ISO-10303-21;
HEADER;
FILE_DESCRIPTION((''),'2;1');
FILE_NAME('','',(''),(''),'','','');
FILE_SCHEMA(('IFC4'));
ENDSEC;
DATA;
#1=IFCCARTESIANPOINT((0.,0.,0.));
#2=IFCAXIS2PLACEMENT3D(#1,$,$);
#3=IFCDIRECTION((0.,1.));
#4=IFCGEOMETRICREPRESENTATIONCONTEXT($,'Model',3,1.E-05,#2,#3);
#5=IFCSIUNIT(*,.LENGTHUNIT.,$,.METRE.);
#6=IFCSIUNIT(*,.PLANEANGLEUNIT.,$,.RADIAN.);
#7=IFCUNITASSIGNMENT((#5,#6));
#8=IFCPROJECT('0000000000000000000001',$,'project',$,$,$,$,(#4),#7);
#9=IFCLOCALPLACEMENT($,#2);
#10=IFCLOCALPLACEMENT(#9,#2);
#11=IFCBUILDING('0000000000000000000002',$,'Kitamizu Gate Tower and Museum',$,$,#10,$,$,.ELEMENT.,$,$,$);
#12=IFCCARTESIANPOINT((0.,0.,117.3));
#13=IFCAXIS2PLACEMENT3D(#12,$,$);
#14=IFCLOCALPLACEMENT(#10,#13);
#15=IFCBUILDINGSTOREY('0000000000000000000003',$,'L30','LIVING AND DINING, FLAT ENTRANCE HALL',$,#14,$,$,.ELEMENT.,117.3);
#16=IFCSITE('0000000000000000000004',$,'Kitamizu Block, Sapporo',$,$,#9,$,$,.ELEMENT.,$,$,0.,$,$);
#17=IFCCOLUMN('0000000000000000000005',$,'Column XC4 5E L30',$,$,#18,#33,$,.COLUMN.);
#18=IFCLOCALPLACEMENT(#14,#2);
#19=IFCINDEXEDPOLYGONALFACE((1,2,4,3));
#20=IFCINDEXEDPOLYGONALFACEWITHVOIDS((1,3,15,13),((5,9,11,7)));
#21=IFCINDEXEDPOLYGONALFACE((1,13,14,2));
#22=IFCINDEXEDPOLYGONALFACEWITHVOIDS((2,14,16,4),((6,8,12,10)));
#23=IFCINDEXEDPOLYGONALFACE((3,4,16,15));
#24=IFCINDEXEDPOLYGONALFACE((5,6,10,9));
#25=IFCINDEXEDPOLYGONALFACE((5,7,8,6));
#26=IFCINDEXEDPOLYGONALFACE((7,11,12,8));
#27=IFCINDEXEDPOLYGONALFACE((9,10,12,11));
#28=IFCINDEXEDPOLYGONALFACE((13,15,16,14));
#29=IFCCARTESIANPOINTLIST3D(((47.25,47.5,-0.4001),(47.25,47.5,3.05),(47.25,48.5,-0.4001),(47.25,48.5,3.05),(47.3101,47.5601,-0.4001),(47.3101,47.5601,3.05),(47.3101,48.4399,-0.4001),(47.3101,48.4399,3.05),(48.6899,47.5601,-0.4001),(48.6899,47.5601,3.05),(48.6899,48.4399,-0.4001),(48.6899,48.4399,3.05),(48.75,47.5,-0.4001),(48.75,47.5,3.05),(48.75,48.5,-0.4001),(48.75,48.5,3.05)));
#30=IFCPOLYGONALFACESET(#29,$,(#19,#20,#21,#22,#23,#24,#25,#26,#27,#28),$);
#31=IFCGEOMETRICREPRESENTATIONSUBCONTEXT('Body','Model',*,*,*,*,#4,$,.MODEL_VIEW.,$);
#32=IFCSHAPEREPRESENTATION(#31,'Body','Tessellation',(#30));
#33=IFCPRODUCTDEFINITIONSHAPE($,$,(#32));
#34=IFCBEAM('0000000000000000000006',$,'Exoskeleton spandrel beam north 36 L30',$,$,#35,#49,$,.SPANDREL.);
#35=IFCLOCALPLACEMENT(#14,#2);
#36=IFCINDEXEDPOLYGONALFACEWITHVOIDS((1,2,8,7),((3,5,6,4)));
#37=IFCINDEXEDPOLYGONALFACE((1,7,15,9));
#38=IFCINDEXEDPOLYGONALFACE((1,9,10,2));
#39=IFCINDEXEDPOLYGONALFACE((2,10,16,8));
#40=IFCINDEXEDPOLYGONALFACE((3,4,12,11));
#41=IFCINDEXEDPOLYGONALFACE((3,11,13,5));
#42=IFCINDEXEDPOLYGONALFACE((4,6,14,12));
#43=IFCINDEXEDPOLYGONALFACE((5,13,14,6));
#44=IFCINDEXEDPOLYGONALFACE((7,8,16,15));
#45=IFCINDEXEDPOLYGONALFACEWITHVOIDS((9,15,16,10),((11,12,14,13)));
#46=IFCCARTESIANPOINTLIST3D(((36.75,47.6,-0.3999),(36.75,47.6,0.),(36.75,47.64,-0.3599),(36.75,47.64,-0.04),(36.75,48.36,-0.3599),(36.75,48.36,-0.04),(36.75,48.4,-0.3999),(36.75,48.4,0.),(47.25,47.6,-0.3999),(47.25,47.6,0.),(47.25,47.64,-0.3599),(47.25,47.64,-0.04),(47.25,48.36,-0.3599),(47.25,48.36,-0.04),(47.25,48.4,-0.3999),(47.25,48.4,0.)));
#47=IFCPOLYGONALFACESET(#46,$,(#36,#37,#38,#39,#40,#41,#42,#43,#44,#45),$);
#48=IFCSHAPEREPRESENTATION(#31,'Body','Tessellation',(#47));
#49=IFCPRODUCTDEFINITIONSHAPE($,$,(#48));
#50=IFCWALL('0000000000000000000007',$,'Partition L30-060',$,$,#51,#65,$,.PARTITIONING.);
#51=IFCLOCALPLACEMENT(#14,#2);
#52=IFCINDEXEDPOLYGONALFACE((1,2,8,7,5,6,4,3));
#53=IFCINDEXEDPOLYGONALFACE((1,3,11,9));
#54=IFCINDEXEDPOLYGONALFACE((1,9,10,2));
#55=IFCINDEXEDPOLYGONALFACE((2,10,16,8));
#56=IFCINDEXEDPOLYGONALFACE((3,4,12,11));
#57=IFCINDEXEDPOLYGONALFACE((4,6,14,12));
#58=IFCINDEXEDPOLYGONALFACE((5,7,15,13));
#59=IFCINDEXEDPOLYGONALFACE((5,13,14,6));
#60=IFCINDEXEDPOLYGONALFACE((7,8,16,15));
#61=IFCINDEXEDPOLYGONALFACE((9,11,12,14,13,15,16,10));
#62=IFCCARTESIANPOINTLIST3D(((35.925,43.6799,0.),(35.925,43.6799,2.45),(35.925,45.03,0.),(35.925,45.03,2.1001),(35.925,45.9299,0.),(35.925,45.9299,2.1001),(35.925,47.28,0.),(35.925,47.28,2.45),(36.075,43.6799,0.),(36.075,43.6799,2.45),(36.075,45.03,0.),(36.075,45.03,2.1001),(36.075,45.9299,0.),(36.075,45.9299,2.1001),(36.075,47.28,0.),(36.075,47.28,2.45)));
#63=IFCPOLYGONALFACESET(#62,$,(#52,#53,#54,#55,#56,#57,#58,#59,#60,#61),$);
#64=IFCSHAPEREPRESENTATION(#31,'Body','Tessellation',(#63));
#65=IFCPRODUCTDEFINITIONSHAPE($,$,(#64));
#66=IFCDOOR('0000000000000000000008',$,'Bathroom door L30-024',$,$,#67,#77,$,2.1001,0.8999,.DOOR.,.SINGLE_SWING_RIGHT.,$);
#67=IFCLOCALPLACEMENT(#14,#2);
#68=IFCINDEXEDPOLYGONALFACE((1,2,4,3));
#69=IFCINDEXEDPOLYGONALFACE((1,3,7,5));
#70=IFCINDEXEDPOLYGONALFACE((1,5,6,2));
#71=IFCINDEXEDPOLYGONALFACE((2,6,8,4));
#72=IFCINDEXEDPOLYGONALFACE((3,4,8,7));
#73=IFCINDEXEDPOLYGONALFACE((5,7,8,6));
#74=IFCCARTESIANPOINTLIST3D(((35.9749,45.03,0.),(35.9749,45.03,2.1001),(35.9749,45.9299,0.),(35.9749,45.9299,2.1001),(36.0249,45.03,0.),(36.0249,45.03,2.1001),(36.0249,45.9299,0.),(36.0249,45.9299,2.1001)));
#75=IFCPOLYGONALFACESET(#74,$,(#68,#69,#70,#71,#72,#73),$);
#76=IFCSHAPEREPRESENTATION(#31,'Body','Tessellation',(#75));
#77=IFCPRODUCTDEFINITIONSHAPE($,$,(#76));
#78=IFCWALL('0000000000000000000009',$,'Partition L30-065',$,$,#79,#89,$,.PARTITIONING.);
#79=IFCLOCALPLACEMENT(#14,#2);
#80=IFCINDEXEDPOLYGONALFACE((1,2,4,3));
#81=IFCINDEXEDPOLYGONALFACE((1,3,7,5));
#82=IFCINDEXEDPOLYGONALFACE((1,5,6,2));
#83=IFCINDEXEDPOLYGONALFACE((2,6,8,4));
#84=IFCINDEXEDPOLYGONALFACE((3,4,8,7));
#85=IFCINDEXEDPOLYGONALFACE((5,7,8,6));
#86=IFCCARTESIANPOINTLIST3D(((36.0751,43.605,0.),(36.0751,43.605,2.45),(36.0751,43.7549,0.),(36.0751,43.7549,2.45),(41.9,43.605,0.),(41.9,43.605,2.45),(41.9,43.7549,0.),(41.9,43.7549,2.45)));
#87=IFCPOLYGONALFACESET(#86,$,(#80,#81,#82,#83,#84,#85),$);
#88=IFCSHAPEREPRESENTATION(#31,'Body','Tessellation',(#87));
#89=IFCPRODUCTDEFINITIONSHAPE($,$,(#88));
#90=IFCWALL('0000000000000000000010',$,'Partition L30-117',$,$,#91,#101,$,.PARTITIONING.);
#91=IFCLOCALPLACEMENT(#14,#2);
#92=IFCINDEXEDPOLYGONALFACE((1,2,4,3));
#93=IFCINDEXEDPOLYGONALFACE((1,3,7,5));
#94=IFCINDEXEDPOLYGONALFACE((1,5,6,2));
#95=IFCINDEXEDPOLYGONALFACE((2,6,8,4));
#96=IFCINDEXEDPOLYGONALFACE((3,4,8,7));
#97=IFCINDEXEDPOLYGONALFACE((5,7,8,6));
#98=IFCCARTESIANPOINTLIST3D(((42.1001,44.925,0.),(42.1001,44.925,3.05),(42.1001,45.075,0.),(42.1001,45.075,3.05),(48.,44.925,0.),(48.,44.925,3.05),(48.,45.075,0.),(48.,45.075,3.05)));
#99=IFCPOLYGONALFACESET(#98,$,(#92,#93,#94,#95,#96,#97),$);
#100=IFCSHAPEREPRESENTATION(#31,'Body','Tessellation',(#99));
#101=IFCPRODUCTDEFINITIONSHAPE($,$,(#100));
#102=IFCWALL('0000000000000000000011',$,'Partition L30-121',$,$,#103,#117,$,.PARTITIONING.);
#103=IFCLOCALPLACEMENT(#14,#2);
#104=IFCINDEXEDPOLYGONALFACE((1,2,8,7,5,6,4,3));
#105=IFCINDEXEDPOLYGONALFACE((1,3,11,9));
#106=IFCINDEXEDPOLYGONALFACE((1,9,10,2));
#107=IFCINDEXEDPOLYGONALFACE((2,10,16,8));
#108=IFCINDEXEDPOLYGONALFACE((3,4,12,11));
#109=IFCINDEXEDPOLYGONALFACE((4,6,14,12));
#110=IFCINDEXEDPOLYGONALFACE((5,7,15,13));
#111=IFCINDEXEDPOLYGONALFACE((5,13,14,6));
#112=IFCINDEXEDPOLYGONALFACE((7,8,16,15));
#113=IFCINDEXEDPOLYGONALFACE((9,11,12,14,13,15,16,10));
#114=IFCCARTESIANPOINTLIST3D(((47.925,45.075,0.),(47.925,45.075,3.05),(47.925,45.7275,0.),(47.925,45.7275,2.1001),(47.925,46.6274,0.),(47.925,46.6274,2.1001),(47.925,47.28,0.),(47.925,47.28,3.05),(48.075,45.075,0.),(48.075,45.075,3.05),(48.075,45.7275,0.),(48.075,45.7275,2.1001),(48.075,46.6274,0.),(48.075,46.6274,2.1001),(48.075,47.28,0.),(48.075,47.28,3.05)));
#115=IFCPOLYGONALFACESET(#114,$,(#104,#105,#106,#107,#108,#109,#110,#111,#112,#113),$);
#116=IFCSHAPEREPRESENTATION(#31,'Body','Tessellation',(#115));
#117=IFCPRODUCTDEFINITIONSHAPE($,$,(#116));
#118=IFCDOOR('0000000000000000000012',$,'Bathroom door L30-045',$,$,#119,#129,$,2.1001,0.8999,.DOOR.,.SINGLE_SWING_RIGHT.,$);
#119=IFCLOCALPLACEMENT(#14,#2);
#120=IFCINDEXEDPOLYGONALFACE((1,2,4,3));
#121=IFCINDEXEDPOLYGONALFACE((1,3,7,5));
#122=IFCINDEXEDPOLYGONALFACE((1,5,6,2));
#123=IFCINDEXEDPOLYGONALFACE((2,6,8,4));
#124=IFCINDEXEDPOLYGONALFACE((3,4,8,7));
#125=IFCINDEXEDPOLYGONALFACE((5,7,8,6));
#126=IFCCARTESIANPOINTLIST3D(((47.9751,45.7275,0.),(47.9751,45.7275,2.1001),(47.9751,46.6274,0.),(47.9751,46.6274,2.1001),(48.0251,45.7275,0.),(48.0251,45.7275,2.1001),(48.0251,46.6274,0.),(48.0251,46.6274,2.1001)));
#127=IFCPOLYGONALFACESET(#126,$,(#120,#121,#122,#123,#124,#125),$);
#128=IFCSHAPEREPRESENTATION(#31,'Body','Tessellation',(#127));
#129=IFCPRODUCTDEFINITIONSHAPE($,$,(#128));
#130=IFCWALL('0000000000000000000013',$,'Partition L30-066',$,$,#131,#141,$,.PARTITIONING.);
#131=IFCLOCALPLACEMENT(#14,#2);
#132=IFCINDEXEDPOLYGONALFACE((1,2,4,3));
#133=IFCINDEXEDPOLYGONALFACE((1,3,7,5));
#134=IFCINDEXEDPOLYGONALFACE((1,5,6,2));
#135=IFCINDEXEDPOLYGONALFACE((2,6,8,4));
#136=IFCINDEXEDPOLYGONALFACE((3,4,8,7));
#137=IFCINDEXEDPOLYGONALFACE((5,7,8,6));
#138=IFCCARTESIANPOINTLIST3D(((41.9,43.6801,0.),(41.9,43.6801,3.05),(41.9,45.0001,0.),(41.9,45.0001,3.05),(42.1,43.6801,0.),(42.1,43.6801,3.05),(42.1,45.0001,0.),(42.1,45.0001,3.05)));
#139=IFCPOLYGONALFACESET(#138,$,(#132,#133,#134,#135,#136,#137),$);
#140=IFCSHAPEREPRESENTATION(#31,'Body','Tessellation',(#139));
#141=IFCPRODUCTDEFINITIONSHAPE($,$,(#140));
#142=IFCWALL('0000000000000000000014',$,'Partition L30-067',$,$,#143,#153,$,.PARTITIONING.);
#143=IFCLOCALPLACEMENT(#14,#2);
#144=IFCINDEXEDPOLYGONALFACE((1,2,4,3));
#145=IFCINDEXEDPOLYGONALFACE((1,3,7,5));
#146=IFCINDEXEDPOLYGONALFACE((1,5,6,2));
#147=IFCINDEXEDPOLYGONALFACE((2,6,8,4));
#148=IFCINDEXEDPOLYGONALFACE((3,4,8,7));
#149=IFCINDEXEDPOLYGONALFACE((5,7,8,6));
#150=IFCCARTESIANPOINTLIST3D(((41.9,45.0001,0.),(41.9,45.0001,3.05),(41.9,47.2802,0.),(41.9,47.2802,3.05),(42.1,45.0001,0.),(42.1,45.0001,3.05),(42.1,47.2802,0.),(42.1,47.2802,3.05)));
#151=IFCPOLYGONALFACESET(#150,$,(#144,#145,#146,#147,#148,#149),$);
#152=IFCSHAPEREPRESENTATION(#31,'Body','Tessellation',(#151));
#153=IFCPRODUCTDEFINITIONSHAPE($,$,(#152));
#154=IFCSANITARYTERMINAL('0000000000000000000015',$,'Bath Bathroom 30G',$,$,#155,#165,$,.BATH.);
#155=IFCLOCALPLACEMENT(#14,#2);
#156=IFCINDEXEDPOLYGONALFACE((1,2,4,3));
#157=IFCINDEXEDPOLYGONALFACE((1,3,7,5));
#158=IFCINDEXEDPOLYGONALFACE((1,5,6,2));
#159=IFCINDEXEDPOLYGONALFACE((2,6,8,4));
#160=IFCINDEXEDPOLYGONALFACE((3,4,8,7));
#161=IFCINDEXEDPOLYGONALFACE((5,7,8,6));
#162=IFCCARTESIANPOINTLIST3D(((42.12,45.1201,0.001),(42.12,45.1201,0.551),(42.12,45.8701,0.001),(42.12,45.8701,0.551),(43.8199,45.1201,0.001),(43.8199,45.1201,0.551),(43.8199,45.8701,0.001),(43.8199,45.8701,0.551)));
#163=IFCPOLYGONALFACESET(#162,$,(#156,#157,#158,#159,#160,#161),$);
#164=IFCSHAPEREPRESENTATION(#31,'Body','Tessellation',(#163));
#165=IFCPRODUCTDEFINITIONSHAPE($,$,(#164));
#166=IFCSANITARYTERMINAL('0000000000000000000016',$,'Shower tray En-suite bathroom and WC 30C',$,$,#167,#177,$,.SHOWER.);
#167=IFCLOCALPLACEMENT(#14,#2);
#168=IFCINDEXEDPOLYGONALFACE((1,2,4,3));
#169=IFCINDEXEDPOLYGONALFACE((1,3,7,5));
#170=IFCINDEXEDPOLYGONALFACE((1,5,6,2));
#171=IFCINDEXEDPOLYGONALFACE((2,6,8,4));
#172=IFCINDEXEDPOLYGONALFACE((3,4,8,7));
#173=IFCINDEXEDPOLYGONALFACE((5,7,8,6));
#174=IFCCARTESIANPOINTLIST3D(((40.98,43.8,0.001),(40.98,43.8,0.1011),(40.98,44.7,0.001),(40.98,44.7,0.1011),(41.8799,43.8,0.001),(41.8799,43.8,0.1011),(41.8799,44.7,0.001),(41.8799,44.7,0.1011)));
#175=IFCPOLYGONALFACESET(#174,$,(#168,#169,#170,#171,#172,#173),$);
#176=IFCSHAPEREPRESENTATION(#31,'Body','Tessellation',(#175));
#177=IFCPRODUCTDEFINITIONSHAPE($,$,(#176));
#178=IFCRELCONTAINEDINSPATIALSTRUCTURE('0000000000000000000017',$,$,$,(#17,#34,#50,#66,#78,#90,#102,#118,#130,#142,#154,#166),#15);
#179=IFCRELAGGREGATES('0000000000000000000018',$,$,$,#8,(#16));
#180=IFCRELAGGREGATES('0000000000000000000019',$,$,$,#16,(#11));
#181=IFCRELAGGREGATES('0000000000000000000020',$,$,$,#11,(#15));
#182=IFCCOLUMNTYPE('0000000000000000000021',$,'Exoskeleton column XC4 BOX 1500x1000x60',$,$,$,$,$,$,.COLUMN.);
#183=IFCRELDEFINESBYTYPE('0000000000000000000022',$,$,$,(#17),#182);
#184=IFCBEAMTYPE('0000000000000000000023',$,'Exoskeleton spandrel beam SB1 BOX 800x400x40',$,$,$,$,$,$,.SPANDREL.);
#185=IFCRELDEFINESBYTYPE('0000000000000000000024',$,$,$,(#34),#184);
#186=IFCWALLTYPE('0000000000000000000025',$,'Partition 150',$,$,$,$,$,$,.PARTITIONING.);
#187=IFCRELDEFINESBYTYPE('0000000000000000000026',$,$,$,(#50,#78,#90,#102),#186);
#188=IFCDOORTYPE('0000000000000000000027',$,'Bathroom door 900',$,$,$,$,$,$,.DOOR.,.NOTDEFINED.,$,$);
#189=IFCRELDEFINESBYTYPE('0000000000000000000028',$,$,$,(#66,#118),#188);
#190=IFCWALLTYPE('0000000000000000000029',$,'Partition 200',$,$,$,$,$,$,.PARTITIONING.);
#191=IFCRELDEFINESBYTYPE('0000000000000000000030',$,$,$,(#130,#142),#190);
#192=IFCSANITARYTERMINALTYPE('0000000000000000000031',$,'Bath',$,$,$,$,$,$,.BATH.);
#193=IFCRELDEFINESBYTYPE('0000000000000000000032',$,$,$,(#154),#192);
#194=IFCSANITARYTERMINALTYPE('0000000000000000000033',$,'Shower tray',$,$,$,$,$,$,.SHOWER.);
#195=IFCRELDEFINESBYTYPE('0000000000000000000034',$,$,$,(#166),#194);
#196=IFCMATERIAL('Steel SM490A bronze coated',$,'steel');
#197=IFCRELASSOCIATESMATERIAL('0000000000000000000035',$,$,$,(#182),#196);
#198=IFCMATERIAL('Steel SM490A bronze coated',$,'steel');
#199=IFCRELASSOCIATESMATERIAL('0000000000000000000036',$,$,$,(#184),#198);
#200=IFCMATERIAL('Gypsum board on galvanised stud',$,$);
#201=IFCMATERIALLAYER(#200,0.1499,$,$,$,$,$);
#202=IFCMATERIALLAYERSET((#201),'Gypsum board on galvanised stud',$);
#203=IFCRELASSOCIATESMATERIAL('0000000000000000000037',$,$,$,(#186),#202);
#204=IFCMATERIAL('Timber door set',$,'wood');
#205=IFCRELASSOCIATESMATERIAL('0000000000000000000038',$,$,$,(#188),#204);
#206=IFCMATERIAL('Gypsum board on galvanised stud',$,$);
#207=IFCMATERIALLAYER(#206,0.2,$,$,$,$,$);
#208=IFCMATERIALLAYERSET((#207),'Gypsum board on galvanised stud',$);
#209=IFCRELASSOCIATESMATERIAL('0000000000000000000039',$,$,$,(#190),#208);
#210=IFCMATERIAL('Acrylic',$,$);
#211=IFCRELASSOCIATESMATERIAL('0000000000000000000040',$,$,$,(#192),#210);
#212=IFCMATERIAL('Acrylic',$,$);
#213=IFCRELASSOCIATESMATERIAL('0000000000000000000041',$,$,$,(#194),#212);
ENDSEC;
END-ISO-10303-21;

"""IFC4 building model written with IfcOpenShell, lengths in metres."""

from ifc_helpers import new_model, si_unit, direction, frame, frame_2d, origin, origin_2d, place, context, subcontext, project, spatial, rectangle, hollow_rectangle, extrude, material, layer, layer_set, material_profile, profile_set, type_object, element, fill, save


model = new_model("IFC4")

# Units and contexts
model_context = context("Model", 3, precision=1e-05, world=origin(), true_north=direction((0.0, 1.0)))
body_context = subcontext(model_context, "Body", "Model", "MODEL_VIEW")
ifc_project = project(units=[si_unit("LENGTHUNIT", "METRE"), si_unit("PLANEANGLEUNIT", "RADIAN")], contexts=[model_context])

# Site, building, storey
site_placement = place(None, origin())
site = spatial("IfcSite", under=ifc_project, at=site_placement, Name="Kitamizu Block, Sapporo", CompositionType="ELEMENT", RefElevation=0.0)
building_placement = place(site_placement, origin())
building = spatial("IfcBuilding", under=site, at=building_placement, Name="Kitamizu Gate Tower and Museum", CompositionType="ELEMENT")
storey_placement = place(building_placement, frame((0.0, 0.0, 117.3)))
storey = spatial("IfcBuildingStorey", under=building, at=storey_placement, Name="L30", Description="LIVING AND DINING, FLAT ENTRANCE HALL", CompositionType="ELEMENT", Elevation=117.3)

# Column
ifc_material_1 = material(Name="Steel SM490A bronze coated", Category="steel")
ifc_material_profile_1 = material_profile(ifc_material_1, hollow_rectangle(XDim=1.5, YDim=1.0, WallThickness=0.0601, at=origin_2d()), Name="BOX 1500x1000x60")
ifc_profile_set_1 = profile_set([ifc_material_profile_1], Name="Steel SM490A bronze coated")
column_type = type_object("IfcColumnType", Name="Exoskeleton column XC4 BOX 1500x1000x60", PredefinedType="COLUMN", material=ifc_profile_set_1)
column_placement = place(storey_placement, frame((48.0, 48.0, -0.4001), z_axis=(0.0, 0.0, 1.0), x_axis=(1.0, 0.0, 0.0)))
element("IfcColumn", 1, at=column_placement, inside=storey, type_object=column_type, Name="Column XC4 5E L30", PredefinedType="COLUMN", context=body_context, shape_type="SweptSolid", body=[
    extrude(hollow_rectangle(XDim=1.5, YDim=1.0, WallThickness=0.0601, at=origin_2d()), origin(), (0.0, 0.0, 1.0), 3.4502),
])

# Beam
ifc_material_2 = material(Name="Steel SM490A bronze coated", Category="steel")
ifc_material_profile_2 = material_profile(ifc_material_2, hollow_rectangle(XDim=0.8, YDim=0.3999, WallThickness=0.04, at=origin_2d()), Name="BOX 800x400x40")
ifc_profile_set_2 = profile_set([ifc_material_profile_2], Name="Steel SM490A bronze coated")
beam_type = type_object("IfcBeamType", Name="Exoskeleton spandrel beam SB1 BOX 800x400x40", PredefinedType="SPANDREL", material=ifc_profile_set_2)
beam_placement = place(storey_placement, frame((36.75, 48.0, -0.2), z_axis=(1.0, 0.0, 0.0), x_axis=(0.0, 1.0, 0.0)))
element("IfcBeam", 2, at=beam_placement, inside=storey, type_object=beam_type, Name="Exoskeleton spandrel beam north 36 L30", PredefinedType="SPANDREL", context=body_context, shape_type="SweptSolid", body=[
    extrude(hollow_rectangle(XDim=0.8, YDim=0.3999, WallThickness=0.04, at=origin_2d()), origin(), (0.0, 0.0, 1.0), 10.5),
])

# Wall, opening, door
ifc_material_3 = material(Name="Gypsum board on galvanised stud")
ifc_layer_1 = layer(ifc_material_3, 0.1499)
ifc_layer_set_1 = layer_set([ifc_layer_1], Name="Gypsum board on galvanised stud")
wall_type_1 = type_object("IfcWallType", Name="Partition 150", PredefinedType="PARTITIONING", material=ifc_layer_set_1)
wall_1_placement = place(storey_placement, frame((36.0, 43.6799, 0.0), z_axis=(0.0, 0.0, 1.0), x_axis=(0.0, 1.0, 0.0)))
wall_1 = element("IfcWall", 3, at=wall_1_placement, inside=storey, type_object=wall_type_1, Name="Partition L30-060", PredefinedType="PARTITIONING", context=body_context, shape_type="SweptSolid", body=[
    extrude(rectangle(XDim=3.6001, YDim=0.1499, at=frame_2d((1.8, 0.0))), origin(), (0.0, 0.0, 1.0), 2.45),
])
opening_1_placement = place(wall_1_placement, frame((1.3501, 0.0, 0.0)))
opening_1 = element("IfcOpeningElement", 4, at=opening_1_placement, cuts=wall_1, PredefinedType="OPENING", context=body_context, shape_type="SweptSolid", body=[
    extrude(rectangle(XDim=0.8999, YDim=2.1001, at=frame_2d((0.45, 1.05))), frame((0.0, 0.085, 0.0), z_axis=(0.0, -1.0, 0.0), x_axis=(1.0, 0.0, 0.0)), (0.0, 0.0, 1.0), 0.1699),
])
ifc_material_4 = material(Name="Timber door set", Category="wood")
door_type = type_object("IfcDoorType", Name="Bathroom door 900", OperationType="NOTDEFINED", PredefinedType="DOOR", material=ifc_material_4)
door_1_placement = place(opening_1_placement, frame((0.8999, 0.0, 0.0), x_axis=(-1.0, 0.0, 0.0)))
door_1 = element("IfcDoor", 5, at=door_1_placement, inside=storey, type_object=door_type, Name="Bathroom door L30-024", OperationType="SINGLE_SWING_RIGHT", OverallHeight=2.1001, OverallWidth=0.8999, PredefinedType="DOOR", context=body_context, shape_type="SweptSolid", body=[
    extrude(rectangle(XDim=0.8999, YDim=2.1001, at=frame_2d((0.45, 1.05))), frame((0.0, 0.0249, 0.0), z_axis=(0.0, -1.0, 0.0), x_axis=(1.0, 0.0, 0.0)), (0.0, 0.0, 1.0), 0.05),
])
fill(opening_1, door_1)

# Walls
wall_2_placement = place(storey_placement, frame((36.075, 43.6799, 0.0), z_axis=(0.0, 0.0, 1.0), x_axis=(1.0, 0.0, 0.0)))
element("IfcWall", 6, at=wall_2_placement, inside=storey, type_object=wall_type_1, Name="Partition L30-065", PredefinedType="PARTITIONING", context=body_context, shape_type="SweptSolid", body=[
    extrude(rectangle(XDim=5.825, YDim=0.1499, at=frame_2d((2.9126, 0.0))), origin(), (0.0, 0.0, 1.0), 2.45),
])
wall_3_placement = place(storey_placement, frame((48.0, 45.0, 0.0), z_axis=(0.0, 0.0, 1.0), x_axis=(-1.0, 0.0, 0.0)))
element("IfcWall", 7, at=wall_3_placement, inside=storey, type_object=wall_type_1, Name="Partition L30-117", PredefinedType="PARTITIONING", context=body_context, shape_type="SweptSolid", body=[
    extrude(rectangle(XDim=5.8999, YDim=0.1499, at=frame_2d((2.95, 0.0))), origin(), (0.0, 0.0, 1.0), 3.05),
])

# Wall, opening, door
wall_4_placement = place(storey_placement, frame((48.0, 45.075, 0.0), z_axis=(0.0, 0.0, 1.0), x_axis=(0.0, 1.0, 0.0)))
wall_4 = element("IfcWall", 8, at=wall_4_placement, inside=storey, type_object=wall_type_1, Name="Partition L30-121", PredefinedType="PARTITIONING", context=body_context, shape_type="SweptSolid", body=[
    extrude(rectangle(XDim=2.2051, YDim=0.1499, at=frame_2d((1.1025, 0.0))), origin(), (0.0, 0.0, 1.0), 3.05),
])
opening_2_placement = place(wall_4_placement, frame((0.6526, 0.0, 0.0)))
opening_2 = element("IfcOpeningElement", 9, at=opening_2_placement, cuts=wall_4, PredefinedType="OPENING", context=body_context, shape_type="SweptSolid", body=[
    extrude(rectangle(XDim=0.8999, YDim=2.1001, at=frame_2d((0.45, 1.05))), frame((0.0, 0.085, 0.0), z_axis=(0.0, -1.0, 0.0), x_axis=(1.0, 0.0, 0.0)), (0.0, 0.0, 1.0), 0.1699),
])
door_2_placement = place(opening_2_placement, origin())
door_2 = element("IfcDoor", 10, at=door_2_placement, inside=storey, type_object=door_type, Name="Bathroom door L30-045", OperationType="SINGLE_SWING_RIGHT", OverallHeight=2.1001, OverallWidth=0.8999, PredefinedType="DOOR", context=body_context, shape_type="SweptSolid", body=[
    extrude(rectangle(XDim=0.8999, YDim=2.1001, at=frame_2d((0.45, 1.05))), frame((0.0, 0.0249, 0.0), z_axis=(0.0, -1.0, 0.0), x_axis=(1.0, 0.0, 0.0)), (0.0, 0.0, 1.0), 0.05),
])
fill(opening_2, door_2)

# Walls
ifc_material_5 = material(Name="Gypsum board on galvanised stud")
ifc_layer_2 = layer(ifc_material_5, 0.2)
ifc_layer_set_2 = layer_set([ifc_layer_2], Name="Gypsum board on galvanised stud")
wall_type_2 = type_object("IfcWallType", Name="Partition 200", PredefinedType="PARTITIONING", material=ifc_layer_set_2)
wall_5_placement = place(storey_placement, frame((42.0, 43.6799, 0.0), z_axis=(0.0, 0.0, 1.0), x_axis=(0.0, 1.0, 0.0)))
element("IfcWall", 11, at=wall_5_placement, inside=storey, type_object=wall_type_2, Name="Partition L30-066", PredefinedType="PARTITIONING", context=body_context, shape_type="SweptSolid", body=[
    extrude(rectangle(XDim=1.3201, YDim=0.2, at=frame_2d((0.6602, 0.0))), origin(), (0.0, 0.0, 1.0), 3.05),
])
wall_6_placement = place(storey_placement, frame((42.0, 45.0, 0.0), z_axis=(0.0, 0.0, 1.0), x_axis=(0.0, 1.0, 0.0)))
element("IfcWall", 12, at=wall_6_placement, inside=storey, type_object=wall_type_2, Name="Partition L30-067", PredefinedType="PARTITIONING", context=body_context, shape_type="SweptSolid", body=[
    extrude(rectangle(XDim=2.28, YDim=0.2, at=frame_2d((1.1401, 0.0))), origin(), (0.0, 0.0, 1.0), 3.05),
])

# Sanitary terminals
ifc_material_6 = material(Name="Acrylic")
sanitary_terminal_type_1 = type_object("IfcSanitaryTerminalType", Name="Bath", PredefinedType="BATH", material=ifc_material_6)
sanitary_terminal_placement = place(storey_placement, frame((42.97, 45.4951, 0.001), z_axis=(0.0, 0.0, 1.0), x_axis=(1.0, 0.0, 0.0)))
element("IfcSanitaryTerminal", 13, at=sanitary_terminal_placement, inside=storey, type_object=sanitary_terminal_type_1, Name="Bath Bathroom 30G", PredefinedType="BATH", context=body_context, shape_type="SweptSolid", body=[
    extrude(rectangle(XDim=1.7, YDim=0.75, at=origin_2d()), origin(), (0.0, 0.0, 1.0), 0.55),
])
ifc_material_7 = material(Name="Acrylic")
sanitary_terminal_type_2 = type_object("IfcSanitaryTerminalType", Name="Shower tray", PredefinedType="SHOWER", material=ifc_material_7)
for number, where, z_axis, x_axis, name in (
    (14, (41.4299, 44.25, 0.001), (0.0, 0.0, 1.0), (1.0, 0.0, 0.0), "Shower tray En-suite bathroom and WC 30C"),
):
    element("IfcSanitaryTerminal", number, at=place(storey_placement, frame(where, z_axis=z_axis, x_axis=x_axis)), inside=storey, type_object=sanitary_terminal_type_2, Name=name, PredefinedType="SHOWER", context=body_context, shape_type="SweptSolid", body=[
        extrude(rectangle(XDim=0.8999, YDim=0.8999, at=origin_2d()), origin(), (0.0, 0.0, 1.0), 0.1001),
    ])

save(model, "model.ifc")
